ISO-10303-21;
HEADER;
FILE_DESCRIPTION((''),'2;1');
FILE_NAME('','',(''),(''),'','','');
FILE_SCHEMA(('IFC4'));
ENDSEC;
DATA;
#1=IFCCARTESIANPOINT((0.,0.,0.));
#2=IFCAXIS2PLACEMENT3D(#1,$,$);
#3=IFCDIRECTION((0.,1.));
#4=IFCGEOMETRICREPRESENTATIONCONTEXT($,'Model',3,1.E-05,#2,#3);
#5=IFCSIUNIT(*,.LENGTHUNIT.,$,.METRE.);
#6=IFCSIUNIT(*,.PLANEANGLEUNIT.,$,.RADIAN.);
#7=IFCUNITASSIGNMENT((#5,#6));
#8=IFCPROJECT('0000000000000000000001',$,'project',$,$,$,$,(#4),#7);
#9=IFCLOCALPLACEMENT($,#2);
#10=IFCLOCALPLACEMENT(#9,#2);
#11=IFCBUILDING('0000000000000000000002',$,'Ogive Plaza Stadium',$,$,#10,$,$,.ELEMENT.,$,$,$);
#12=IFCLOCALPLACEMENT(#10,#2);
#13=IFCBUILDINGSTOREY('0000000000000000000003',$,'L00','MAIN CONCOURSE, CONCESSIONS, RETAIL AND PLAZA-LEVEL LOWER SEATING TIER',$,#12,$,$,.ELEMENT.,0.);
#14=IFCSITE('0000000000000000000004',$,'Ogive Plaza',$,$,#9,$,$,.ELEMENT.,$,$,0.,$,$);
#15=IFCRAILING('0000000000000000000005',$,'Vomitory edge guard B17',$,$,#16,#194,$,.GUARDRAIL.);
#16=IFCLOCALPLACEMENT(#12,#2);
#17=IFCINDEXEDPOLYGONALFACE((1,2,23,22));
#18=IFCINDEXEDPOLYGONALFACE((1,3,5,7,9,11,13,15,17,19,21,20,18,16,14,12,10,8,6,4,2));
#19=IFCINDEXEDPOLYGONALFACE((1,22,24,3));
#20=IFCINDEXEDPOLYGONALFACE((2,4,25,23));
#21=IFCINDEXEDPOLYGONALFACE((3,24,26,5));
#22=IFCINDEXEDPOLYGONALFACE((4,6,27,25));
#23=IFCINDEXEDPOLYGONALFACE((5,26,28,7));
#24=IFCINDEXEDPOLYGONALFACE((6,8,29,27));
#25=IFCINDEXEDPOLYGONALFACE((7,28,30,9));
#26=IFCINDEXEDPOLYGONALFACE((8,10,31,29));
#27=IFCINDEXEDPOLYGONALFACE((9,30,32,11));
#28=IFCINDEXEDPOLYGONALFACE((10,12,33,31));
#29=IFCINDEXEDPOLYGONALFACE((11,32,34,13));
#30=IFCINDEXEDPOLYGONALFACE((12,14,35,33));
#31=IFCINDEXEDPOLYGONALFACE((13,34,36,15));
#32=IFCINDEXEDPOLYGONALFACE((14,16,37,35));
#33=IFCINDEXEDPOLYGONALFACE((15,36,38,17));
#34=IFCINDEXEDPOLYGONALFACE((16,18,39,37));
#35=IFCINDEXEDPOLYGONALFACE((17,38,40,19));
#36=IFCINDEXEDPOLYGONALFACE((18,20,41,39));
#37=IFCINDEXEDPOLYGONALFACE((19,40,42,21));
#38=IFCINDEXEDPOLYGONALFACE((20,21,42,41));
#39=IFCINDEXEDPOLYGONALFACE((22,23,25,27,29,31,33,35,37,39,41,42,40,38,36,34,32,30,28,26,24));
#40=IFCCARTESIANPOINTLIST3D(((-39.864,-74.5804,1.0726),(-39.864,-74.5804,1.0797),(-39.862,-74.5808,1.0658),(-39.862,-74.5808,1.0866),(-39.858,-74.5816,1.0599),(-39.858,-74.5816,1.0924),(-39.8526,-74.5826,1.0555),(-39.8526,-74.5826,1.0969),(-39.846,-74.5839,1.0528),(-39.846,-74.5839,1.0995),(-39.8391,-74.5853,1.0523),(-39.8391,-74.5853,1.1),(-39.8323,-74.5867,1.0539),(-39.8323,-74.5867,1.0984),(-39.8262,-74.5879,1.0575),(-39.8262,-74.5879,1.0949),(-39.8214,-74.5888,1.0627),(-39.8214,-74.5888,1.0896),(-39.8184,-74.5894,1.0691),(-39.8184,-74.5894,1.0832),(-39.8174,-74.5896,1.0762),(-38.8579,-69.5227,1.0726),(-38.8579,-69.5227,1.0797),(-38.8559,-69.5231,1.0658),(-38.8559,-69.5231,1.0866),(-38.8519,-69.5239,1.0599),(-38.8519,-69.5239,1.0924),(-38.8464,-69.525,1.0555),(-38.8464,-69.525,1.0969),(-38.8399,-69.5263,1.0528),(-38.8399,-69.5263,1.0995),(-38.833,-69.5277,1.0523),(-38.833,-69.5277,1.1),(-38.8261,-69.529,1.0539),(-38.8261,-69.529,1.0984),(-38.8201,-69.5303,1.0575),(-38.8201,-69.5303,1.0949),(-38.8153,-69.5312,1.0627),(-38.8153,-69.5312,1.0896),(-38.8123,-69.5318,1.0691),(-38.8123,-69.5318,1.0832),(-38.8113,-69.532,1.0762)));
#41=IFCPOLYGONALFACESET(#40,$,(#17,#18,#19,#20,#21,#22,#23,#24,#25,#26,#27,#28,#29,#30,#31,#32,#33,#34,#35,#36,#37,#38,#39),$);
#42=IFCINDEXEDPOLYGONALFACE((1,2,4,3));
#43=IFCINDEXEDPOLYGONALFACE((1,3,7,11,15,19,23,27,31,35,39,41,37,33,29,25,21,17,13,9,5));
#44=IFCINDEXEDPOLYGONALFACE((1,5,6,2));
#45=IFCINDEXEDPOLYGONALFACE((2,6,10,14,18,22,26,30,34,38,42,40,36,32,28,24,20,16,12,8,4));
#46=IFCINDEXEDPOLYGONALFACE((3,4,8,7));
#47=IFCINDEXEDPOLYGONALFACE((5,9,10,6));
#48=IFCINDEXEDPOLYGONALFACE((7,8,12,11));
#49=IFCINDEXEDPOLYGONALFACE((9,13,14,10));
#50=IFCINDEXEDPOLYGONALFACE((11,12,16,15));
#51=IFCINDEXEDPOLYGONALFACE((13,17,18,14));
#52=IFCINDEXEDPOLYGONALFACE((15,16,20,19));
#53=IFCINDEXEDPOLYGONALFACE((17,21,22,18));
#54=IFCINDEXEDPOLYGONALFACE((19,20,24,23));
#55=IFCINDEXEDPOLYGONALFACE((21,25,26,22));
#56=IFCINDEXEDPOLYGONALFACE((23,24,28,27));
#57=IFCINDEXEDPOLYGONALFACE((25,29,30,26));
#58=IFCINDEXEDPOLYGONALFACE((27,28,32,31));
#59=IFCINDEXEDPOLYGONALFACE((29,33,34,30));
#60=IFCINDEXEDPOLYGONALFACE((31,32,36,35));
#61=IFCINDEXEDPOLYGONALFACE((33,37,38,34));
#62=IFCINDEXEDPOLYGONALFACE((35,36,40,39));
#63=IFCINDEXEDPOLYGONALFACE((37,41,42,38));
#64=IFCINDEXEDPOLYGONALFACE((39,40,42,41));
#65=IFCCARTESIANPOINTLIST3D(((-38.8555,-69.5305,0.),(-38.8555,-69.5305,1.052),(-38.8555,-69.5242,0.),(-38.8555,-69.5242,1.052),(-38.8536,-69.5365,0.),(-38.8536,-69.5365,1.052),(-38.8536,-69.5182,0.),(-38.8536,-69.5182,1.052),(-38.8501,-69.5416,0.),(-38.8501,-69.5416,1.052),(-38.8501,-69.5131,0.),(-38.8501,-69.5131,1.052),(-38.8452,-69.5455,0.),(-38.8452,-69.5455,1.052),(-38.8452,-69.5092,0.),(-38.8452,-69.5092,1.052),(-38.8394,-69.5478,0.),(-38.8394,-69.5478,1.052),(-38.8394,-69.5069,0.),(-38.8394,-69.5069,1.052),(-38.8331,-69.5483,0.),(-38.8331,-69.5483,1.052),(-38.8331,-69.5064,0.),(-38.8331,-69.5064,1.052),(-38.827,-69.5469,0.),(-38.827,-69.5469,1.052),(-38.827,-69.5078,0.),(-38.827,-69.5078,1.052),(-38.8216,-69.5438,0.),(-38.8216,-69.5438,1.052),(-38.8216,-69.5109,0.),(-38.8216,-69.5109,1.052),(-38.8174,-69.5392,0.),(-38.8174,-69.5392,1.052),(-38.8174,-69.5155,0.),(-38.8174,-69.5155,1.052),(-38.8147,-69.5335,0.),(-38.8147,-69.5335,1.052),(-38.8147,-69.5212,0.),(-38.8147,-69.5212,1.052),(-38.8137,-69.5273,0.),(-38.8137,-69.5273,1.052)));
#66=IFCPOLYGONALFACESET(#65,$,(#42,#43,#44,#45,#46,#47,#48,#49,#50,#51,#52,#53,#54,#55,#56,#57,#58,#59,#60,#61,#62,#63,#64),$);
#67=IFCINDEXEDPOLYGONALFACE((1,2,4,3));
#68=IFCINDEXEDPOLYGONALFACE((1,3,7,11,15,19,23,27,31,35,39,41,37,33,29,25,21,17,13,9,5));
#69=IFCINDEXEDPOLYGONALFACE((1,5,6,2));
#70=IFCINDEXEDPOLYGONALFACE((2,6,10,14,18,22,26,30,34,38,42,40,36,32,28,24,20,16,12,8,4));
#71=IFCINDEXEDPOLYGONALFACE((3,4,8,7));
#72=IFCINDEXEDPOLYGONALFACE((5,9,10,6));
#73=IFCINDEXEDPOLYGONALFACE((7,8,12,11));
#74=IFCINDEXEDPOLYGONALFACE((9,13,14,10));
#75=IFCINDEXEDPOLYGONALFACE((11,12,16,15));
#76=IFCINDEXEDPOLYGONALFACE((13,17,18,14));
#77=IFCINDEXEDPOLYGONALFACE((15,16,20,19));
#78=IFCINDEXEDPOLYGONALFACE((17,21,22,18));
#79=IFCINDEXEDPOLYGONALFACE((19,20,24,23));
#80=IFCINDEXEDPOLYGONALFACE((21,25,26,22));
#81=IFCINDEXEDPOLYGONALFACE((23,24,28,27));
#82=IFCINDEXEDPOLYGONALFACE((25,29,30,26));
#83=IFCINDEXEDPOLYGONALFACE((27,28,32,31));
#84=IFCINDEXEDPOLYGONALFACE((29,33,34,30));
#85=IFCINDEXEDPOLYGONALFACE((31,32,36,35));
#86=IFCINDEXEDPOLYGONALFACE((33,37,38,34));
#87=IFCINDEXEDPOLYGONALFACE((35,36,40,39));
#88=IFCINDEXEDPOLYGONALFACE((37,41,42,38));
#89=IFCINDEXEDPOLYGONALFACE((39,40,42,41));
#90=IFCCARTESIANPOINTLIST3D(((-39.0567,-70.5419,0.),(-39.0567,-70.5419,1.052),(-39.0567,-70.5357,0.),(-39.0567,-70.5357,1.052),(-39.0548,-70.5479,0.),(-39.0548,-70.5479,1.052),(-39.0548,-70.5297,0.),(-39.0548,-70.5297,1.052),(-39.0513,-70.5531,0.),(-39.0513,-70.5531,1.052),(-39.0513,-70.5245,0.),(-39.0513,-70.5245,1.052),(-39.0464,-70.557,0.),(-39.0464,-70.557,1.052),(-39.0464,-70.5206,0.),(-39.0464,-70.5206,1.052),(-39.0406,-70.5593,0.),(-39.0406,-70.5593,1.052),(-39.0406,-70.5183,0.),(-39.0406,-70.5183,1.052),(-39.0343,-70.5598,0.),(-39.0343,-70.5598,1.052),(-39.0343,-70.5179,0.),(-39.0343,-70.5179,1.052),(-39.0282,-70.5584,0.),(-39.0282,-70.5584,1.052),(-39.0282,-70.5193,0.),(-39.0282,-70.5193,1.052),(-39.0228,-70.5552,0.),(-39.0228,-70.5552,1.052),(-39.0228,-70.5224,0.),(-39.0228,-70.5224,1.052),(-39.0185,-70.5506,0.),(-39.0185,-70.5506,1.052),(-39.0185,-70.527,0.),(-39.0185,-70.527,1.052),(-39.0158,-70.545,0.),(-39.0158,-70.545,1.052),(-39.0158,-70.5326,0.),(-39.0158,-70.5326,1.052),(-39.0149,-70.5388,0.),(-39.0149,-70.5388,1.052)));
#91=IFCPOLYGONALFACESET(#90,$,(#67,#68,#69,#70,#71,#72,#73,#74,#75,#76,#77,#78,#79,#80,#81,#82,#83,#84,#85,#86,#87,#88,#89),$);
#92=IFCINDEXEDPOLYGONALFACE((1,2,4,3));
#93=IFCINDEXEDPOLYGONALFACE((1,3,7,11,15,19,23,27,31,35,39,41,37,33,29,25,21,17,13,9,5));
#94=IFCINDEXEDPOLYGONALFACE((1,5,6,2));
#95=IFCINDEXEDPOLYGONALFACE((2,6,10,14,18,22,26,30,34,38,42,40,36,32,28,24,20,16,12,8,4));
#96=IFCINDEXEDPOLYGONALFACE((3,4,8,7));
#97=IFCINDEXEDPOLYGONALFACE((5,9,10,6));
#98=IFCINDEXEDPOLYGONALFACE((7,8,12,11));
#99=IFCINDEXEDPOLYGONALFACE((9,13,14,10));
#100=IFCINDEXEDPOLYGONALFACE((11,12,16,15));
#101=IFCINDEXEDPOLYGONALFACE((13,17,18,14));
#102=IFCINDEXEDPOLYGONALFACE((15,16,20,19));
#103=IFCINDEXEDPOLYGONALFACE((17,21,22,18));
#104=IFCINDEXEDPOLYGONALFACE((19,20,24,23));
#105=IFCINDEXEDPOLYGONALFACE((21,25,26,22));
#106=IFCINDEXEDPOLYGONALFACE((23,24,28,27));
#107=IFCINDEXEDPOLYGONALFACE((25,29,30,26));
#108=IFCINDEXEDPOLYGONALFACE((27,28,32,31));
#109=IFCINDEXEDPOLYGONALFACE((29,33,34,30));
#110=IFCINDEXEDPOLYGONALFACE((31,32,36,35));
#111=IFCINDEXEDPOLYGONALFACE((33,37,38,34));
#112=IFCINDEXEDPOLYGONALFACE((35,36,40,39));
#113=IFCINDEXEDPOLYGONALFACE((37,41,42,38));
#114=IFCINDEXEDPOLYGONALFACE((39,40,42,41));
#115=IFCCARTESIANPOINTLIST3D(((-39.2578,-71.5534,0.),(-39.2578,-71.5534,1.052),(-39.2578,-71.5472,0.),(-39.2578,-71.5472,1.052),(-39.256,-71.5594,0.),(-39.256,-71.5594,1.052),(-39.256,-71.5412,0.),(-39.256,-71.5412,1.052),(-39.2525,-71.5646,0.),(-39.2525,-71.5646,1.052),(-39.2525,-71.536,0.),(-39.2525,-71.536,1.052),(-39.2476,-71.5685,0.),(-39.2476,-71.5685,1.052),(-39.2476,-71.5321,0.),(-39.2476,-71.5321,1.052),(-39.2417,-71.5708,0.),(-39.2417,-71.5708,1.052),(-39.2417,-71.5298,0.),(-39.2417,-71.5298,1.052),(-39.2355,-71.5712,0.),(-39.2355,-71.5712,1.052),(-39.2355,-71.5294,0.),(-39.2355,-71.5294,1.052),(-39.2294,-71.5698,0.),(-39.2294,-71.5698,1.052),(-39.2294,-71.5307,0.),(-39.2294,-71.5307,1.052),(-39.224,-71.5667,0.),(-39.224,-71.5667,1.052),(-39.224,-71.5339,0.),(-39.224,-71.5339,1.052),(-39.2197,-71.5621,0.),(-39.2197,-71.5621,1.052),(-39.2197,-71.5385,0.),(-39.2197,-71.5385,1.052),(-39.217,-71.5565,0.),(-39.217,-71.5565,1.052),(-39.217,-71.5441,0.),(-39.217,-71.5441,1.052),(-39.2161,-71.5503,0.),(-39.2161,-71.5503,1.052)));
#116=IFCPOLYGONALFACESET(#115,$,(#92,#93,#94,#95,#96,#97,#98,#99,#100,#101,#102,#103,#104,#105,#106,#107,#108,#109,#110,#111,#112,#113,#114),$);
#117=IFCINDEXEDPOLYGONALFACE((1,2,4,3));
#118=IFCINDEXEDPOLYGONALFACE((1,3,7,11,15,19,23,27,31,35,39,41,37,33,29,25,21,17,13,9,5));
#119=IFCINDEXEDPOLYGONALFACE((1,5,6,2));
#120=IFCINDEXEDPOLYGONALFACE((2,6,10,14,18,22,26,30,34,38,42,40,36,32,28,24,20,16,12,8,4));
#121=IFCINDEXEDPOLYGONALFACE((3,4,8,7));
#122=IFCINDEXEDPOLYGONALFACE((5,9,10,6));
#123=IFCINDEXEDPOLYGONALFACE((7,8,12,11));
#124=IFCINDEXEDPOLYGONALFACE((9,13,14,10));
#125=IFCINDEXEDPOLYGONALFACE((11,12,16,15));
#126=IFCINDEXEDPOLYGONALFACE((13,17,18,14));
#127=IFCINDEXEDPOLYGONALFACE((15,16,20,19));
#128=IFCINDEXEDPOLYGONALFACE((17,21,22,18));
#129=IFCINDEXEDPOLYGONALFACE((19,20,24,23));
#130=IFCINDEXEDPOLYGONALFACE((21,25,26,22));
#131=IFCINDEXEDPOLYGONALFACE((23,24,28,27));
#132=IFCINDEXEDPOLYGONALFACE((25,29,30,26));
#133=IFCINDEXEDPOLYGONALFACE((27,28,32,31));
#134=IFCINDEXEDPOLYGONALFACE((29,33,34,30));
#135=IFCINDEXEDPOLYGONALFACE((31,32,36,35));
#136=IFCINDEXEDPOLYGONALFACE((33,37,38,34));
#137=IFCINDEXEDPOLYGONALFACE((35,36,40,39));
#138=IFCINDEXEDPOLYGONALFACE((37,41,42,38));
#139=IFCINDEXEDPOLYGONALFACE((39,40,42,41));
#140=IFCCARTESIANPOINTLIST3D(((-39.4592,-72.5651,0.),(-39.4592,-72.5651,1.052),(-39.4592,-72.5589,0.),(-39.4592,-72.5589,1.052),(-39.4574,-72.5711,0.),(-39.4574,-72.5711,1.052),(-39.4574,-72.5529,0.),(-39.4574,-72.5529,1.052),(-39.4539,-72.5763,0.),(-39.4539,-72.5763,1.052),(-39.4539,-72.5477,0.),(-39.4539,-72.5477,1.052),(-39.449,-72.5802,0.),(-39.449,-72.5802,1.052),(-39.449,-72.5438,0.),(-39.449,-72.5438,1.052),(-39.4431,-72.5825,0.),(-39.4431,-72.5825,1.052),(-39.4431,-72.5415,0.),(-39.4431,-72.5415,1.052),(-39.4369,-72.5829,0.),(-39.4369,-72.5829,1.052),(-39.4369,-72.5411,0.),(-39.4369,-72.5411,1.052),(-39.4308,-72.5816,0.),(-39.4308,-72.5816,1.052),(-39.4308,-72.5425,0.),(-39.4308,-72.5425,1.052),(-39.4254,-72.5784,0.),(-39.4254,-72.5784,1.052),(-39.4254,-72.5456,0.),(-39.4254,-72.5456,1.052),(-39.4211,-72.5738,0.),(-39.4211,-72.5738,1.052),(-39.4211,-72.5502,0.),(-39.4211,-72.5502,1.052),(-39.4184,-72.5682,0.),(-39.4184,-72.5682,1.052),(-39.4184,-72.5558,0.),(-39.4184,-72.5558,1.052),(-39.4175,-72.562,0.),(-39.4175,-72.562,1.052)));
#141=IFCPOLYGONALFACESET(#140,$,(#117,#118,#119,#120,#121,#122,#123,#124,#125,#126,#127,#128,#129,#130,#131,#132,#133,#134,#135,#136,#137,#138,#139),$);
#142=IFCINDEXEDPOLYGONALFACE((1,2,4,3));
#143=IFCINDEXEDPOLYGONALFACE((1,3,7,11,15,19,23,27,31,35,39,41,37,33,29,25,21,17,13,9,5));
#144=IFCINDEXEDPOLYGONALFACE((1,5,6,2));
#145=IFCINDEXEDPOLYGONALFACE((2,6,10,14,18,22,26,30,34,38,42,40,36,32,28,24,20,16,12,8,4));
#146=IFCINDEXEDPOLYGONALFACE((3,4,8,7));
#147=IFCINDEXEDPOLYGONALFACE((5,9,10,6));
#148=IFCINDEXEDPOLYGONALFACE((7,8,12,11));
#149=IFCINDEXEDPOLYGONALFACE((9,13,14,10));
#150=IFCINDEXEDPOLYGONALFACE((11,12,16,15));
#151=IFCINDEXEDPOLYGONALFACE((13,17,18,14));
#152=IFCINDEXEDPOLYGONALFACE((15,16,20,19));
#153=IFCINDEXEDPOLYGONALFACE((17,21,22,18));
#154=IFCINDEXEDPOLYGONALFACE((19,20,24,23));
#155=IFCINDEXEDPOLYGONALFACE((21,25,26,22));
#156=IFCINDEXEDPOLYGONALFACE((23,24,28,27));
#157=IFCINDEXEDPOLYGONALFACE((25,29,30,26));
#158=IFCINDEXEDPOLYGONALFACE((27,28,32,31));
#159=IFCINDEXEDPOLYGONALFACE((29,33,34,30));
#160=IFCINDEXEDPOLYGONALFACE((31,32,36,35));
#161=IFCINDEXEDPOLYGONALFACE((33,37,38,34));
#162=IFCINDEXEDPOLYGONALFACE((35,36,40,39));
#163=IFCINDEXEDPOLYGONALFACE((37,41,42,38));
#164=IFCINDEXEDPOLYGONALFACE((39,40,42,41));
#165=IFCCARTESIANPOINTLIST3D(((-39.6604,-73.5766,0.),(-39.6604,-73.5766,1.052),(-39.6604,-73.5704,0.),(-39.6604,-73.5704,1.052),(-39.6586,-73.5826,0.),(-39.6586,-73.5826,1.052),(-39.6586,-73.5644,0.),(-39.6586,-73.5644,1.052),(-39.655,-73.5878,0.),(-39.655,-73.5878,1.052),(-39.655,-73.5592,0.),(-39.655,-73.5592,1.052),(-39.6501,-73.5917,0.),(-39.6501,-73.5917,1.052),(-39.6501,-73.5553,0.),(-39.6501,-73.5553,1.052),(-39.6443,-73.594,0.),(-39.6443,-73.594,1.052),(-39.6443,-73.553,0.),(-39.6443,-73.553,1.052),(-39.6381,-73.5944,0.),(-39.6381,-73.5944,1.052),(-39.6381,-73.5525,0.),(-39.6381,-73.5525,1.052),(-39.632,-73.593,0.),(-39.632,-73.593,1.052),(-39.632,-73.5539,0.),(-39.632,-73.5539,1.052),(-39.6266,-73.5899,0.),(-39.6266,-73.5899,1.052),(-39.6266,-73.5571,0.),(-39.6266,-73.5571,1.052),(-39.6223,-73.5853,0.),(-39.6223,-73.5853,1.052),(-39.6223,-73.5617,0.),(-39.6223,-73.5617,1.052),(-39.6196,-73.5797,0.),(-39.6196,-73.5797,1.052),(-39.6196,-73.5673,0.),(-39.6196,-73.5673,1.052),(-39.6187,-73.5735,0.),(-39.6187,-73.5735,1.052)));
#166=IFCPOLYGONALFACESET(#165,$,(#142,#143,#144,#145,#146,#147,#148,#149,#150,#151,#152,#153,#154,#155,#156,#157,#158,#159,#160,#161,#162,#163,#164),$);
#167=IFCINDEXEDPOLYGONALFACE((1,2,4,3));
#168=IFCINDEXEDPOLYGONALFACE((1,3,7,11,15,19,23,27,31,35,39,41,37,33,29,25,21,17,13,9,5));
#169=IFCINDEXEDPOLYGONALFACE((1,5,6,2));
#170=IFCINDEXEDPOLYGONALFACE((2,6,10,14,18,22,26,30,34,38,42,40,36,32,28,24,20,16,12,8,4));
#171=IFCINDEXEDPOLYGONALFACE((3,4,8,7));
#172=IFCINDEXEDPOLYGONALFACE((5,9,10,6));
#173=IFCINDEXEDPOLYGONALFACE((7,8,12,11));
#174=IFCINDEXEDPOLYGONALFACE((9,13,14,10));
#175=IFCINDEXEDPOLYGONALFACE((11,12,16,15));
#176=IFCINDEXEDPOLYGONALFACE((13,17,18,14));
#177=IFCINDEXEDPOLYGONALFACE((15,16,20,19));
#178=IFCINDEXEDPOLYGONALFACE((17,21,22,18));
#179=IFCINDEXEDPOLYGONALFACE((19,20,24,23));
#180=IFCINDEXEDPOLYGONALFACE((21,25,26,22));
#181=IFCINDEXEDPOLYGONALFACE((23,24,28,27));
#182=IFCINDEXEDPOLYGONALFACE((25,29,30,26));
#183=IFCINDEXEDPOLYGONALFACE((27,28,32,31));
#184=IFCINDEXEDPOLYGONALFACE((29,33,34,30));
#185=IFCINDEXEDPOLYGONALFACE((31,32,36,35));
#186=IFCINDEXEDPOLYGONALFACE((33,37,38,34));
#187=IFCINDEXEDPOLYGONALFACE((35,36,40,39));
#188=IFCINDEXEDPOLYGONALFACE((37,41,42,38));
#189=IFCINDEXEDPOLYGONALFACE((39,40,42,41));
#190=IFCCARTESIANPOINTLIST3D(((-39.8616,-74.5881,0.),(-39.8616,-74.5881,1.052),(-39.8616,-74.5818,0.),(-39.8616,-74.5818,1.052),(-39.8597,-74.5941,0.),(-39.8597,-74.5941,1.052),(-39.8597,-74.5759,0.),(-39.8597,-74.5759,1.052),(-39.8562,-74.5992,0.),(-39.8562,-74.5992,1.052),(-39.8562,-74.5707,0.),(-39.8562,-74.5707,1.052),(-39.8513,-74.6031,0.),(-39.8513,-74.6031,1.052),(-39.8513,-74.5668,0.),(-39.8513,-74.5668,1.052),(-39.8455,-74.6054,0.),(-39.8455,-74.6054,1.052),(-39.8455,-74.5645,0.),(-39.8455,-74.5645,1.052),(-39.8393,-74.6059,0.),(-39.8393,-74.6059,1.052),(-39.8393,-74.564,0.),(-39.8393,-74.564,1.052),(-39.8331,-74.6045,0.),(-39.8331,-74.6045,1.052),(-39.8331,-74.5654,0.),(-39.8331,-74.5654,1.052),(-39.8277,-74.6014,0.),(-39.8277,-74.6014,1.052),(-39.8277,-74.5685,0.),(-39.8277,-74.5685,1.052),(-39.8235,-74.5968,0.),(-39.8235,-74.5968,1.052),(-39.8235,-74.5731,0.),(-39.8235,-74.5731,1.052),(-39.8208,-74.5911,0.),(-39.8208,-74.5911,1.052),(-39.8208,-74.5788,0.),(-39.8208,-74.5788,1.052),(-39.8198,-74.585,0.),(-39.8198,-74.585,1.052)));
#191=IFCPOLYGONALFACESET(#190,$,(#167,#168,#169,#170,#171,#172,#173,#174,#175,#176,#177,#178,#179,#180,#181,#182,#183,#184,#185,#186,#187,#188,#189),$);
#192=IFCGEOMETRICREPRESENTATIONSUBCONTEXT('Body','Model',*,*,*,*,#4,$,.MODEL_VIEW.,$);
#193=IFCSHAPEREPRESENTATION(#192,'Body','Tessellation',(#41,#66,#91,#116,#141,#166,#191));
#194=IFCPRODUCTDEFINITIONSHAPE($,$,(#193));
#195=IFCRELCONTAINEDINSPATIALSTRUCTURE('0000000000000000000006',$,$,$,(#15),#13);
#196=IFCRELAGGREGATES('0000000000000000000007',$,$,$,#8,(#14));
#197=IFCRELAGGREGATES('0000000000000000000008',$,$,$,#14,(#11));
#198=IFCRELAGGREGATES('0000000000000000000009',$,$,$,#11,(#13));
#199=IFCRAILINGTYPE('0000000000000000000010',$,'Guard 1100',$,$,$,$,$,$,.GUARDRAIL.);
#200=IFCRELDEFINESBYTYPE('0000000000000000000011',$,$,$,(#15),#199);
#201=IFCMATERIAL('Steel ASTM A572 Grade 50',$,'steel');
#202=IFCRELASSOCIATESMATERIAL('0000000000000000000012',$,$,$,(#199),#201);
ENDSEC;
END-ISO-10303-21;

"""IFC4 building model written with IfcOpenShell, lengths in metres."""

from ifc_helpers import new_model, si_unit, direction, frame, origin, origin_2d, place, context, subcontext, project, spatial, circle, extrude, material, type_object, element, save


model = new_model("IFC4")

# Units and contexts
model_context = context("Model", 3, precision=1e-05, world=origin(), true_north=direction((0.0, 1.0)))
body_context = subcontext(model_context, "Body", "Model", "MODEL_VIEW")
ifc_project = project(units=[si_unit("LENGTHUNIT", "METRE"), si_unit("PLANEANGLEUNIT", "RADIAN")], contexts=[model_context])

# Site, building, storey
site_placement = place(None, origin())
site = spatial("IfcSite", under=ifc_project, at=site_placement, Name="Ogive Plaza", CompositionType="ELEMENT", RefElevation=0.0)
building_placement = place(site_placement, origin())
building = spatial("IfcBuilding", under=site, at=building_placement, Name="Ogive Plaza Stadium", CompositionType="ELEMENT")
storey_placement = place(building_placement, origin())
storey = spatial("IfcBuildingStorey", under=building, at=storey_placement, Name="L00", Description="MAIN CONCOURSE, CONCESSIONS, RETAIL AND PLAZA-LEVEL LOWER SEATING TIER", CompositionType="ELEMENT", Elevation=0.0)

# Railing
ifc_material_1 = material(Name="Steel ASTM A572 Grade 50", Category="steel")
railing_type = type_object("IfcRailingType", Name="Guard 1100", PredefinedType="GUARDRAIL", material=ifc_material_1)
for number, where, name in (
    (1, (-38.8347, -69.5273, 0.0), "Vomitory edge guard B17"),
):
    element("IfcRailing", number, at=place(storey_placement, frame(where)), inside=storey, type_object=railing_type, Name=name, PredefinedType="GUARDRAIL", context=body_context, shape_type="SweptSolid", body=[
        extrude(circle(Radius=0.0239, at=origin_2d()), frame((0.0, 0.0, 1.0762), z_axis=(-0.195105, -0.980782, 0.0), x_axis=(0.980782, -0.195105, 0.0)), (0.0, 0.0, 1.0), 5.1567),
        extrude(circle(Radius=0.021, at=origin_2d()), origin(), (0.0, 0.0, 1.0), 1.052),
        extrude(circle(Radius=0.021, at=origin_2d()), frame((-0.2012, -1.0115, 0.0)), (0.0, 0.0, 1.0), 1.052),
        extrude(circle(Radius=0.021, at=origin_2d()), frame((-0.4023, -2.0229, 0.0)), (0.0, 0.0, 1.0), 1.052),
        extrude(circle(Radius=0.021, at=origin_2d()), frame((-0.6038, -3.0347, 0.0)), (0.0, 0.0, 1.0), 1.052),
        extrude(circle(Radius=0.021, at=origin_2d()), frame((-0.8049, -4.0461, 0.0)), (0.0, 0.0, 1.0), 1.052),
        extrude(circle(Radius=0.021, at=origin_2d()), frame((-1.0061, -5.0576, 0.0)), (0.0, 0.0, 1.0), 1.052),
    ])

save(model, "model.ifc")
